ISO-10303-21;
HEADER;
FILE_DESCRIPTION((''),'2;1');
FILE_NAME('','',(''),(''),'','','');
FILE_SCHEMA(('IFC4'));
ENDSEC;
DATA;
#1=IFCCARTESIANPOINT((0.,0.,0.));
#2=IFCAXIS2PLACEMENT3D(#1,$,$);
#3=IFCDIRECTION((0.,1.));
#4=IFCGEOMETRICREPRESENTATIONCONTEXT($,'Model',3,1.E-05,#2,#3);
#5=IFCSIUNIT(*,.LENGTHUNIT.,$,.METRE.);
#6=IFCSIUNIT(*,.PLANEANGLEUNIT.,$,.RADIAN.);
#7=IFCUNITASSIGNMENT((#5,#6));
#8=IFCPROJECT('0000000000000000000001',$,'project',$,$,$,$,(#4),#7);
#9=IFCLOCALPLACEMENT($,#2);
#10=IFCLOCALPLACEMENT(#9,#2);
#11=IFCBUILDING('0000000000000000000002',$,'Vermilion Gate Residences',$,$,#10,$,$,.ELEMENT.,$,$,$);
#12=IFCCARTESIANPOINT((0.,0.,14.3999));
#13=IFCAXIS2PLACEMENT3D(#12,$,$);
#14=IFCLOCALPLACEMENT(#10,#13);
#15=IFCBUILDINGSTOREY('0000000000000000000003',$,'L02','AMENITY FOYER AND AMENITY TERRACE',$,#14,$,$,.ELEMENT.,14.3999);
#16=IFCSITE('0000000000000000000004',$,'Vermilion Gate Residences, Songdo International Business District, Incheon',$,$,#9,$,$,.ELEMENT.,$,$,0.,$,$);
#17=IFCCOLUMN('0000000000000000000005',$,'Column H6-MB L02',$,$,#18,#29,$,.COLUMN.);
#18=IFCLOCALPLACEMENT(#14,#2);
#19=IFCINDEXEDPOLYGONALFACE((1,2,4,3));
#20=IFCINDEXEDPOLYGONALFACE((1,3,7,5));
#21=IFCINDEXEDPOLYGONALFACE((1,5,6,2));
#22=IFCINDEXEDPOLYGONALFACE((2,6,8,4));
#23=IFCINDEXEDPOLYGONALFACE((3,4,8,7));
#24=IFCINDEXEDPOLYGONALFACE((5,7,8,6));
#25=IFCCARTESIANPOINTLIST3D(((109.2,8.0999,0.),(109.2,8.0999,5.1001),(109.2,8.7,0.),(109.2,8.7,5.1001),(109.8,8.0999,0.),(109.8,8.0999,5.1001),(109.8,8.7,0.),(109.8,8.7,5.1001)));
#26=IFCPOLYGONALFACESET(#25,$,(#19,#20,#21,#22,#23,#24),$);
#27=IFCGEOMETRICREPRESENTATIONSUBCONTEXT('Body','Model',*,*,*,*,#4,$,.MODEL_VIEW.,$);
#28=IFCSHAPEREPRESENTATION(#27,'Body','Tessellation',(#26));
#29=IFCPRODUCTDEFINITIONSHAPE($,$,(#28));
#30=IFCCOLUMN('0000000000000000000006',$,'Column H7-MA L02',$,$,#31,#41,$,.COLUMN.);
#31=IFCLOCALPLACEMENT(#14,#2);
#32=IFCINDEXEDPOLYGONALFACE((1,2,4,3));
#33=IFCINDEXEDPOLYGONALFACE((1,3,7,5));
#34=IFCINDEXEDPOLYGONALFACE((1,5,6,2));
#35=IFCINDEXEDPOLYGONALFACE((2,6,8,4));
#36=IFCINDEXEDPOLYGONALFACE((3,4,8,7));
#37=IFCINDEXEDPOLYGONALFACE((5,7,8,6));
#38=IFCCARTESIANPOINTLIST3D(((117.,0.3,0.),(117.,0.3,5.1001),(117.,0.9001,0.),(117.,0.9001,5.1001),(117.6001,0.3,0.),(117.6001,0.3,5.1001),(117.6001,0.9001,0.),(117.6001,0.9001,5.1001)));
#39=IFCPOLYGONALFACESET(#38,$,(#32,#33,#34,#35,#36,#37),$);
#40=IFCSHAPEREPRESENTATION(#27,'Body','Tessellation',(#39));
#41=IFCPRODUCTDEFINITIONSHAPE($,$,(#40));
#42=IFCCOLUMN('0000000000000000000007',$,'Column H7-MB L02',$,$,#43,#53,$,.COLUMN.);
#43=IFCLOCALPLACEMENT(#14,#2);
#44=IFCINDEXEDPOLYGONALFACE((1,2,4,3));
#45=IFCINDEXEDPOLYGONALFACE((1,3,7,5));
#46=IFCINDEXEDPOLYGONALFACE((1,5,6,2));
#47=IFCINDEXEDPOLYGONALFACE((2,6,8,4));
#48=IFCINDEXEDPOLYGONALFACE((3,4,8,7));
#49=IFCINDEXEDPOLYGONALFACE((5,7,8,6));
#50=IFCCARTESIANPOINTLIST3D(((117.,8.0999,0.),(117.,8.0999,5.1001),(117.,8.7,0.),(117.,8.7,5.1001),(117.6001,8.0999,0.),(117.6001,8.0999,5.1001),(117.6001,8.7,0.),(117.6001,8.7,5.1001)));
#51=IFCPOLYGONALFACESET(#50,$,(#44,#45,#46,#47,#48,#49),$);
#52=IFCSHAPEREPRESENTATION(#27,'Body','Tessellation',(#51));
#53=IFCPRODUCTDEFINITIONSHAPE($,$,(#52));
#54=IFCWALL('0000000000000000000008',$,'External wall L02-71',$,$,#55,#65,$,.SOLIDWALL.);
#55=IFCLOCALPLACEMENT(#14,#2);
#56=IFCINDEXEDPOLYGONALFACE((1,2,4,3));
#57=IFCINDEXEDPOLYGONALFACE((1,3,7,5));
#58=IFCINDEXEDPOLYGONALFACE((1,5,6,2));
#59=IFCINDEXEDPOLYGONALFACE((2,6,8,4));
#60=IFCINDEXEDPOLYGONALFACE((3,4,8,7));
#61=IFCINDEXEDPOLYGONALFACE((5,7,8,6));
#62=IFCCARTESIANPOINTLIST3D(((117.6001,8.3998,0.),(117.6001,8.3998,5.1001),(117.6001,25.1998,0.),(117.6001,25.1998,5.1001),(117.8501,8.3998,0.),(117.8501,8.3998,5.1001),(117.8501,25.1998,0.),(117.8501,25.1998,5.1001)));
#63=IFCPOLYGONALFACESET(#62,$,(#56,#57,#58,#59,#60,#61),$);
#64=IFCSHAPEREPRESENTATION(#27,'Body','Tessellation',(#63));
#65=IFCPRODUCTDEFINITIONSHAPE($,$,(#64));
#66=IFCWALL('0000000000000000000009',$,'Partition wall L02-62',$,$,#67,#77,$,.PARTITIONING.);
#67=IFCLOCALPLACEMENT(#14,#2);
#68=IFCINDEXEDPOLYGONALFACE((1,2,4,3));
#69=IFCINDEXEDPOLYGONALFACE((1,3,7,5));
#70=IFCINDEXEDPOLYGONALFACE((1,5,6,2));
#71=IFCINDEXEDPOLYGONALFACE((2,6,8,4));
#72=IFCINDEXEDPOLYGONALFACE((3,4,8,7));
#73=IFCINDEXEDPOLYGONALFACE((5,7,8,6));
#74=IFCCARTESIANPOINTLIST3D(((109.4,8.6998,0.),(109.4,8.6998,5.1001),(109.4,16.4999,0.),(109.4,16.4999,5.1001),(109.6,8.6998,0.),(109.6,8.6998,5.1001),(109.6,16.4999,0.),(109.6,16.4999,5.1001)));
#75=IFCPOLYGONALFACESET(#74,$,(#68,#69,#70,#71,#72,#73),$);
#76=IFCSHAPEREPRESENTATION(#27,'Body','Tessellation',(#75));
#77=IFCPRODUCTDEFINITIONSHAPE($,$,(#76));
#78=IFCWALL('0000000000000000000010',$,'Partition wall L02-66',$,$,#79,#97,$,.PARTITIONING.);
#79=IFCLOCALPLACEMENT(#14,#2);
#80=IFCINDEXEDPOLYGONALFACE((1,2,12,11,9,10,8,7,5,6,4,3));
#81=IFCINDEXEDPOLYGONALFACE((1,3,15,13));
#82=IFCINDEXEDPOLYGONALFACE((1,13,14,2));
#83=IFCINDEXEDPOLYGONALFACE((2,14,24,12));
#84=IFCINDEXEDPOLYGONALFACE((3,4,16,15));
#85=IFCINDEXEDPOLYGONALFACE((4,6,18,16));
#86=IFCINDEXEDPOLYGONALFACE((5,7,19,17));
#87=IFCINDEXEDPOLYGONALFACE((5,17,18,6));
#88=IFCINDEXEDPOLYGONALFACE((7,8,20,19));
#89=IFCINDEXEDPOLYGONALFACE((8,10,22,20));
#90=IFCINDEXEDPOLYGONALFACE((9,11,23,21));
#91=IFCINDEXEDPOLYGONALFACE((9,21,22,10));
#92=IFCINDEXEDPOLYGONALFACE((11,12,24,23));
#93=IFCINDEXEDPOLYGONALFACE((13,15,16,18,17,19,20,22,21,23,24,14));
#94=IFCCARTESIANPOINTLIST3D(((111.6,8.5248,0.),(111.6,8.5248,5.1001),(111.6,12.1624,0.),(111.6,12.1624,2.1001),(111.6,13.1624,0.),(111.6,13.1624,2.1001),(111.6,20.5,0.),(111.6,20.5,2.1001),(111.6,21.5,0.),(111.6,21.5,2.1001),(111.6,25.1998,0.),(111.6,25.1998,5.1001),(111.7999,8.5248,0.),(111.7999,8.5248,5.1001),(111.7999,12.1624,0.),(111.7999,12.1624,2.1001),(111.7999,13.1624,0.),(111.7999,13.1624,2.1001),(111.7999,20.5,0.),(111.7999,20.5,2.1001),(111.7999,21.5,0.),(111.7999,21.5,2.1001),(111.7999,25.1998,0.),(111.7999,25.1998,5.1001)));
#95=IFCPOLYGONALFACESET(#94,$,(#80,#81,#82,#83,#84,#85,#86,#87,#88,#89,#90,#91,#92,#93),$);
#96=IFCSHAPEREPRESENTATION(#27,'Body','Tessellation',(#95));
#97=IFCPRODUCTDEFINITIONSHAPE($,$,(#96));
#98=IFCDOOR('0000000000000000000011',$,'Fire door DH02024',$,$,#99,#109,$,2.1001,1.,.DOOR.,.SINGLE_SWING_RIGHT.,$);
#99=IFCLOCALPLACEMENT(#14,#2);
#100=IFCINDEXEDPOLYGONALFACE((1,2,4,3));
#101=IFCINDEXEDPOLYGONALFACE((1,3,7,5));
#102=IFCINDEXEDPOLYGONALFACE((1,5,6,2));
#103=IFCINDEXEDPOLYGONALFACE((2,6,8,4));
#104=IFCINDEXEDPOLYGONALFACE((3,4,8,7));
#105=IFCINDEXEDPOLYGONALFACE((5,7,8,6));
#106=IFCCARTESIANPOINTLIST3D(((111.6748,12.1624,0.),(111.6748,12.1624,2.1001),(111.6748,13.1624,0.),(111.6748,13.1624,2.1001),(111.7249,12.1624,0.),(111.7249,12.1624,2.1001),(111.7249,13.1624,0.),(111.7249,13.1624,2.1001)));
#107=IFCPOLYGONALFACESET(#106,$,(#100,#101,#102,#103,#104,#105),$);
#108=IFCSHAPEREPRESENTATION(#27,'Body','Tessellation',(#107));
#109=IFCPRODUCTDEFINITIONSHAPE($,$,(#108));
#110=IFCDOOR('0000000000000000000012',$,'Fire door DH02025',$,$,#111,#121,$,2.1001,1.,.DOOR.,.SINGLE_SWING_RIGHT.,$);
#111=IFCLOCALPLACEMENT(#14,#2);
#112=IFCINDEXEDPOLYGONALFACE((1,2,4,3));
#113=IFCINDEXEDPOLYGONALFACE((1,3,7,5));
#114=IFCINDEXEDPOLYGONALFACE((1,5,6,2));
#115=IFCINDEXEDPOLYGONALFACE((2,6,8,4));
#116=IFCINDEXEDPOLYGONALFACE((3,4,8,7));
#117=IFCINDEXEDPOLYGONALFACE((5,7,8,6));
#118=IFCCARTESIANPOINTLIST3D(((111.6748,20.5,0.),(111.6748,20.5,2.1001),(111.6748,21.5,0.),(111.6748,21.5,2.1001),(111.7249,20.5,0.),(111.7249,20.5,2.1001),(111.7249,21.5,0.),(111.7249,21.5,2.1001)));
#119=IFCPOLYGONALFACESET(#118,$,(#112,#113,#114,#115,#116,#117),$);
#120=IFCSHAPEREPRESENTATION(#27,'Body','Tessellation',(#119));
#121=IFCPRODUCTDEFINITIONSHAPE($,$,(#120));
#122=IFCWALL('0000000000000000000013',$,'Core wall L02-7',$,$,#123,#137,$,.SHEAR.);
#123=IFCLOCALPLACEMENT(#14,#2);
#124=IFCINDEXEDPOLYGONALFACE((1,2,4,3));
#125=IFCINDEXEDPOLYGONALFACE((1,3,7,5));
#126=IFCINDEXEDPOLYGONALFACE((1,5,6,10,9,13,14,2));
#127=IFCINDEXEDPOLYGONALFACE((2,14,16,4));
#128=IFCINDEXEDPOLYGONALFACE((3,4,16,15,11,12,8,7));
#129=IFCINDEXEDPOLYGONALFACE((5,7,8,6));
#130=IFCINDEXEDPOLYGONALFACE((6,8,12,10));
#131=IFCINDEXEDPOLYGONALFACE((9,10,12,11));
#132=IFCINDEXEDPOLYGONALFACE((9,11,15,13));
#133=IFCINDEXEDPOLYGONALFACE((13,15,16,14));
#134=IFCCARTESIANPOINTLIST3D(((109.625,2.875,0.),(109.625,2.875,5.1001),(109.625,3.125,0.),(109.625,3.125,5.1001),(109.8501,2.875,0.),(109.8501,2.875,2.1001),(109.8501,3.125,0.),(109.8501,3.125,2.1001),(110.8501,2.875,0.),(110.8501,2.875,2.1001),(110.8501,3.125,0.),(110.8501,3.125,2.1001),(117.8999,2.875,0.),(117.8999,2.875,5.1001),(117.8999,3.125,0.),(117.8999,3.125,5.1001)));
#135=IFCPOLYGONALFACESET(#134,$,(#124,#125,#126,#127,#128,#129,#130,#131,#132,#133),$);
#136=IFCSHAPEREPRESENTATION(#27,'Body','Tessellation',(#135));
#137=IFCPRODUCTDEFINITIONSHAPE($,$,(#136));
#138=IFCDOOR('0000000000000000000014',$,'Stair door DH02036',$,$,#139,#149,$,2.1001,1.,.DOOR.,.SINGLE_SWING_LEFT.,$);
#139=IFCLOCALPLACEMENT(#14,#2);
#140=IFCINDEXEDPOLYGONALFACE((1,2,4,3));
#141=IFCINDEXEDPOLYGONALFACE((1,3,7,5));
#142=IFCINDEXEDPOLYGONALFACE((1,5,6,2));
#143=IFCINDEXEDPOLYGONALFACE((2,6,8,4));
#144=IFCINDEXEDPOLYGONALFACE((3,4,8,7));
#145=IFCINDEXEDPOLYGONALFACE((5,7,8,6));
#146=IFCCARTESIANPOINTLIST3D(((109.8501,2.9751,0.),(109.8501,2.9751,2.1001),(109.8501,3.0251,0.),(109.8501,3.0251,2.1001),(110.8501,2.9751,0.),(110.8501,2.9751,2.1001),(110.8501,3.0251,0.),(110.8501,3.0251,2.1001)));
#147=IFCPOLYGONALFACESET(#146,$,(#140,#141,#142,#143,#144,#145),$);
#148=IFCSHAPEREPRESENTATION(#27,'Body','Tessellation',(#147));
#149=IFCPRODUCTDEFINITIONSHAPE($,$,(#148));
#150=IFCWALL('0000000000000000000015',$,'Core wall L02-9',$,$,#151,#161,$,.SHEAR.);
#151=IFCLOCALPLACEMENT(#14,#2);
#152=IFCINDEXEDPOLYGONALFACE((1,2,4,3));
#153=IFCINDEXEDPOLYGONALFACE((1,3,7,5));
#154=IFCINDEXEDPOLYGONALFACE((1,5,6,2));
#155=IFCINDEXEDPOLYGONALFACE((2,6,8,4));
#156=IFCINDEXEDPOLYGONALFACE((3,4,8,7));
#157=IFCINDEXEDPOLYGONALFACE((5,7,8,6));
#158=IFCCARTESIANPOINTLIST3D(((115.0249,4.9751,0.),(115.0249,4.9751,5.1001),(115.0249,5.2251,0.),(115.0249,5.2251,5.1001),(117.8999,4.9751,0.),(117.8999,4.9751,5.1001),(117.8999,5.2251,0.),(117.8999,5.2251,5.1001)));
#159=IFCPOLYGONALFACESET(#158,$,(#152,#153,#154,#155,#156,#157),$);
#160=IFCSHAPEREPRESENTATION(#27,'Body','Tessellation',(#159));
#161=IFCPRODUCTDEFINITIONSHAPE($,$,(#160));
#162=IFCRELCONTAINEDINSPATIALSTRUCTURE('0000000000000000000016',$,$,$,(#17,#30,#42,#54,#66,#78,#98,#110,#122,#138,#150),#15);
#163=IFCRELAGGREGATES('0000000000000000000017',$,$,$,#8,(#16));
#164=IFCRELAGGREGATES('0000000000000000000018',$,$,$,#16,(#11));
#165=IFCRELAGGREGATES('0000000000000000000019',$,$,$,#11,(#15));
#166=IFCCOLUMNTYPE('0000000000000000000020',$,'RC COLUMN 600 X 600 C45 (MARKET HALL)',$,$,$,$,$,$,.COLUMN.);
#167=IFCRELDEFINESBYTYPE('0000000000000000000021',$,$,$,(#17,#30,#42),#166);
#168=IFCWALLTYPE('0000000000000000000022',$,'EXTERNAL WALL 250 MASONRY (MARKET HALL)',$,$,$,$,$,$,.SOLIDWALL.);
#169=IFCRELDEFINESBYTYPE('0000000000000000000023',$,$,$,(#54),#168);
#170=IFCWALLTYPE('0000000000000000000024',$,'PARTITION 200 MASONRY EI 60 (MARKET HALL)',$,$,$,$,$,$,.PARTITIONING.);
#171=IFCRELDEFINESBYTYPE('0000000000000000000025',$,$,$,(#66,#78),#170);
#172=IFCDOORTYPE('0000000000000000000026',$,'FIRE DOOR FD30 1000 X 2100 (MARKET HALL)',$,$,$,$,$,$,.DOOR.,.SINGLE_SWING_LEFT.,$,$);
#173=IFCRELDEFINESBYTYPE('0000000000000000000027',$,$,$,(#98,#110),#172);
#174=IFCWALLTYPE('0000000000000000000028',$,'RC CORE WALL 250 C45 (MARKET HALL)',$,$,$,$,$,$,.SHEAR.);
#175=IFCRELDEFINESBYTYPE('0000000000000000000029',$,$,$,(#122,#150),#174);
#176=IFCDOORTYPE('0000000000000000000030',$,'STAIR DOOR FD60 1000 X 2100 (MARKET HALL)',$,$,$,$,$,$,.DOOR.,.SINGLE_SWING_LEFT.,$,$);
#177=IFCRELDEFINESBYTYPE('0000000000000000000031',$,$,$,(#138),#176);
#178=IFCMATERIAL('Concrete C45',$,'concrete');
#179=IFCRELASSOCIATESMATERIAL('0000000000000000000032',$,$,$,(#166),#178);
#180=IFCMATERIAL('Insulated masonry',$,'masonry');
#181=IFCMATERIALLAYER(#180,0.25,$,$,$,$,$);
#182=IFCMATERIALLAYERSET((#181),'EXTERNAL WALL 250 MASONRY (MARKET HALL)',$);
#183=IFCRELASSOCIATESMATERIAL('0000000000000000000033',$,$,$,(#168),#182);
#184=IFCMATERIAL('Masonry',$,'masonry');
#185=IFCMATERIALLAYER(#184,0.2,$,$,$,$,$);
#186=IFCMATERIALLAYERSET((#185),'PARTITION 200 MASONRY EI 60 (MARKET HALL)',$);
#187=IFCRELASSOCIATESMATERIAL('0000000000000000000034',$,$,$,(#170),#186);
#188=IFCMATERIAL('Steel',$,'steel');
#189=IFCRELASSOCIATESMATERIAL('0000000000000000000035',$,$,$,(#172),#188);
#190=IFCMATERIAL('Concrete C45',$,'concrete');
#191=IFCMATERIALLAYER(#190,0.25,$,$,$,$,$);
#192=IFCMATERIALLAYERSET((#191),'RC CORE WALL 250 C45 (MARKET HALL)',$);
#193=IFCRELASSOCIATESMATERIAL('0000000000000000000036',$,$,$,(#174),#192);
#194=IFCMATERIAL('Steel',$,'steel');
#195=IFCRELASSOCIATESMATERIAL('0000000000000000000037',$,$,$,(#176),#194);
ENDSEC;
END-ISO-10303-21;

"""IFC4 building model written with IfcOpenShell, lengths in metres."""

from ifc_helpers import new_model, si_unit, direction, frame, frame_2d, origin, origin_2d, place, context, subcontext, project, spatial, rectangle, extrude, material, layer, layer_set, material_profile, profile_set, type_object, element, fill, save


model = new_model("IFC4")

# Units and contexts
model_context = context("Model", 3, precision=1e-05, world=origin(), true_north=direction((0.0, 1.0)))
body_context = subcontext(model_context, "Body", "Model", "MODEL_VIEW")
ifc_project = project(units=[si_unit("LENGTHUNIT", "METRE"), si_unit("PLANEANGLEUNIT", "RADIAN")], contexts=[model_context])

# Site, building, storey
site_placement = place(None, origin())
site = spatial("IfcSite", under=ifc_project, at=site_placement, Name="Vermilion Gate Residences, Songdo International Business District, Incheon", CompositionType="ELEMENT", RefElevation=0.0)
building_placement = place(site_placement, origin())
building = spatial("IfcBuilding", under=site, at=building_placement, Name="Vermilion Gate Residences", CompositionType="ELEMENT")
storey_placement = place(building_placement, frame((0.0, 0.0, 14.3999)))
storey = spatial("IfcBuildingStorey", under=building, at=storey_placement, Name="L02", Description="AMENITY FOYER AND AMENITY TERRACE", CompositionType="ELEMENT", Elevation=14.3999)

# Columns
ifc_material_1 = material(Name="Concrete C45", Category="concrete")
ifc_material_profile = material_profile(ifc_material_1, rectangle(XDim=0.6001, YDim=0.6001, at=origin_2d()), Name="RC COLUMN 600 X 600 C45 (MARKET HALL)")
ifc_profile_set = profile_set([ifc_material_profile], Name="Concrete C45")
column_type = type_object("IfcColumnType", Name="RC COLUMN 600 X 600 C45 (MARKET HALL)", PredefinedType="COLUMN", material=ifc_profile_set)
for number, where, z_axis, x_axis, name in (
    (1, (109.5, 8.3999, 0.0), (0.0, 0.0, 1.0), (1.0, 0.0, 0.0), "Column H6-MB L02"),
    (2, (117.3, 0.6001, 0.0), (0.0, 0.0, 1.0), (1.0, 0.0, 0.0), "Column H7-MA L02"),
    (3, (117.3, 8.3999, 0.0), (0.0, 0.0, 1.0), (1.0, 0.0, 0.0), "Column H7-MB L02"),
):
    element("IfcColumn", number, at=place(storey_placement, frame(where, z_axis=z_axis, x_axis=x_axis)), inside=storey, type_object=column_type, Name=name, PredefinedType="COLUMN", context=body_context, shape_type="SweptSolid", body=[
        extrude(rectangle(XDim=0.6001, YDim=0.6001, at=origin_2d()), origin(), (0.0, 0.0, 1.0), 5.1001),
    ])

# Walls
ifc_material_2 = material(Name="Insulated masonry", Category="masonry")
ifc_layer_1 = layer(ifc_material_2, 0.25)
ifc_layer_set_1 = layer_set([ifc_layer_1], Name="EXTERNAL WALL 250 MASONRY (MARKET HALL)")
wall_type_1 = type_object("IfcWallType", Name="EXTERNAL WALL 250 MASONRY (MARKET HALL)", PredefinedType="SOLIDWALL", material=ifc_layer_set_1)
wall_1_placement = place(storey_placement, frame((117.7251, 8.3999, 0.0), z_axis=(0.0, 0.0, 1.0), x_axis=(0.0, 1.0, 0.0)))
element("IfcWall", 4, at=wall_1_placement, inside=storey, type_object=wall_type_1, Name="External wall L02-71", PredefinedType="SOLIDWALL", context=body_context, shape_type="SweptSolid", body=[
    extrude(rectangle(XDim=16.8, YDim=0.25, at=frame_2d((8.3999, 0.0))), origin(), (0.0, 0.0, 1.0), 5.1001),
])
ifc_material_3 = material(Name="Masonry", Category="masonry")
ifc_layer_2 = layer(ifc_material_3, 0.2)
ifc_layer_set_2 = layer_set([ifc_layer_2], Name="PARTITION 200 MASONRY EI 60 (MARKET HALL)")
wall_type_2 = type_object("IfcWallType", Name="PARTITION 200 MASONRY EI 60 (MARKET HALL)", PredefinedType="PARTITIONING", material=ifc_layer_set_2)
wall_2_placement = place(storey_placement, frame((109.5, 8.7, 0.0), z_axis=(0.0, 0.0, 1.0), x_axis=(0.0, 1.0, 0.0)))
element("IfcWall", 5, at=wall_2_placement, inside=storey, type_object=wall_type_2, Name="Partition wall L02-62", PredefinedType="PARTITIONING", context=body_context, shape_type="SweptSolid", body=[
    extrude(rectangle(XDim=7.8, YDim=0.2, at=frame_2d((3.8999, 0.0))), origin(), (0.0, 0.0, 1.0), 5.1001),
])

# Wall, openings, doors
wall_3_placement = place(storey_placement, frame((111.7, 8.5249, 0.0), z_axis=(0.0, 0.0, 1.0), x_axis=(0.0, 1.0, 0.0)))
wall_3 = element("IfcWall", 6, at=wall_3_placement, inside=storey, type_object=wall_type_2, Name="Partition wall L02-66", PredefinedType="PARTITIONING", context=body_context, shape_type="SweptSolid", body=[
    extrude(rectangle(XDim=16.675, YDim=0.2, at=frame_2d((8.3374, 0.0))), origin(), (0.0, 0.0, 1.0), 5.1001),
])
opening_1_placement = place(wall_3_placement, frame((3.6375, 0.0, 0.0)))
opening_1 = element("IfcOpeningElement", 7, at=opening_1_placement, cuts=wall_3, PredefinedType="OPENING", context=body_context, shape_type="SweptSolid", body=[
    extrude(rectangle(XDim=1.0, YDim=2.1001, at=frame_2d((0.5, 1.05))), frame((0.0, 0.1099, 0.0), z_axis=(0.0, -1.0, 0.0), x_axis=(1.0, 0.0, 0.0)), (0.0, 0.0, 1.0), 0.22),
])
opening_2_placement = place(wall_3_placement, frame((11.9751, 0.0, 0.0)))
opening_2 = element("IfcOpeningElement", 8, at=opening_2_placement, cuts=wall_3, PredefinedType="OPENING", context=body_context, shape_type="SweptSolid", body=[
    extrude(rectangle(XDim=1.0, YDim=2.1001, at=frame_2d((0.5, 1.05))), frame((0.0, 0.1099, 0.0), z_axis=(0.0, -1.0, 0.0), x_axis=(1.0, 0.0, 0.0)), (0.0, 0.0, 1.0), 0.22),
])
ifc_material_4 = material(Name="Steel", Category="steel")
door_type_1 = type_object("IfcDoorType", Name="FIRE DOOR FD30 1000 X 2100 (MARKET HALL)", OperationType="SINGLE_SWING_LEFT", PredefinedType="DOOR", material=ifc_material_4)
door_1_placement = place(opening_1_placement, frame((1.0, 0.0, 0.0), z_axis=(0.0, 0.0, 1.0), x_axis=(-1.0, 0.0, 0.0)))
door_1 = element("IfcDoor", 9, at=door_1_placement, inside=storey, type_object=door_type_1, Name="Fire door DH02024", OperationType="SINGLE_SWING_RIGHT", OverallHeight=2.1001, OverallWidth=1.0, PredefinedType="DOOR", context=body_context, shape_type="SweptSolid", body=[
    extrude(rectangle(XDim=1.0, YDim=2.1001, at=frame_2d((0.5, 1.05))), frame((0.0, 0.0249, 0.0), z_axis=(0.0, -1.0, 0.0), x_axis=(1.0, 0.0, 0.0)), (0.0, 0.0, 1.0), 0.05),
])
fill(opening_1, door_1)
door_2_placement = place(opening_2_placement, frame((1.0, 0.0, 0.0), z_axis=(0.0, 0.0, 1.0), x_axis=(-1.0, 0.0, 0.0)))
door_2 = element("IfcDoor", 10, at=door_2_placement, inside=storey, type_object=door_type_1, Name="Fire door DH02025", OperationType="SINGLE_SWING_RIGHT", OverallHeight=2.1001, OverallWidth=1.0, PredefinedType="DOOR", context=body_context, shape_type="SweptSolid", body=[
    extrude(rectangle(XDim=1.0, YDim=2.1001, at=frame_2d((0.5, 1.05))), frame((0.0, 0.0249, 0.0), z_axis=(0.0, -1.0, 0.0), x_axis=(1.0, 0.0, 0.0)), (0.0, 0.0, 1.0), 0.05),
])
fill(opening_2, door_2)

# Wall, opening, door
ifc_material_5 = material(Name="Concrete C45", Category="concrete")
ifc_layer_3 = layer(ifc_material_5, 0.25)
ifc_layer_set_3 = layer_set([ifc_layer_3], Name="RC CORE WALL 250 C45 (MARKET HALL)")
wall_type_3 = type_object("IfcWallType", Name="RC CORE WALL 250 C45 (MARKET HALL)", PredefinedType="SHEAR", material=ifc_layer_set_3)
wall_4_placement = place(storey_placement, frame((109.625, 3.0, 0.0), z_axis=(0.0, 0.0, 1.0), x_axis=(1.0, 0.0, 0.0)))
wall_4 = element("IfcWall", 11, at=wall_4_placement, inside=storey, type_object=wall_type_3, Name="Core wall L02-7", PredefinedType="SHEAR", context=body_context, shape_type="SweptSolid", body=[
    extrude(rectangle(XDim=8.2749, YDim=0.25, at=frame_2d((4.1375, 0.0))), origin(), (0.0, 0.0, 1.0), 5.1001),
])
opening_3_placement = place(wall_4_placement, frame((0.2251, 0.0, 0.0)))
opening_3 = element("IfcOpeningElement", 12, at=opening_3_placement, cuts=wall_4, PredefinedType="OPENING", context=body_context, shape_type="SweptSolid", body=[
    extrude(rectangle(XDim=1.0, YDim=2.1001, at=frame_2d((0.5, 1.05))), frame((0.0, 0.135, 0.0), z_axis=(0.0, -1.0, 0.0), x_axis=(1.0, 0.0, 0.0)), (0.0, 0.0, 1.0), 0.27),
])
ifc_material_6 = material(Name="Steel", Category="steel")
door_type_2 = type_object("IfcDoorType", Name="STAIR DOOR FD60 1000 X 2100 (MARKET HALL)", OperationType="SINGLE_SWING_LEFT", PredefinedType="DOOR", material=ifc_material_6)
door_3_placement = place(opening_3_placement, frame((1.0, 0.0, 0.0), z_axis=(0.0, 0.0, 1.0), x_axis=(-1.0, 0.0, 0.0)))
door_3 = element("IfcDoor", 13, at=door_3_placement, inside=storey, type_object=door_type_2, Name="Stair door DH02036", OperationType="SINGLE_SWING_LEFT", OverallHeight=2.1001, OverallWidth=1.0, PredefinedType="DOOR", context=body_context, shape_type="SweptSolid", body=[
    extrude(rectangle(XDim=1.0, YDim=2.1001, at=frame_2d((0.5, 1.05))), frame((0.0, 0.0249, 0.0), z_axis=(0.0, -1.0, 0.0), x_axis=(1.0, 0.0, 0.0)), (0.0, 0.0, 1.0), 0.05),
])
fill(opening_3, door_3)

# Wall
wall_5_placement = place(storey_placement, frame((115.0249, 5.1001, 0.0), z_axis=(0.0, 0.0, 1.0), x_axis=(1.0, 0.0, 0.0)))
element("IfcWall", 14, at=wall_5_placement, inside=storey, type_object=wall_type_3, Name="Core wall L02-9", PredefinedType="SHEAR", context=body_context, shape_type="SweptSolid", body=[
    extrude(rectangle(XDim=2.875, YDim=0.25, at=frame_2d((1.4375, 0.0))), origin(), (0.0, 0.0, 1.0), 5.1001),
])

save(model, "model.ifc")
